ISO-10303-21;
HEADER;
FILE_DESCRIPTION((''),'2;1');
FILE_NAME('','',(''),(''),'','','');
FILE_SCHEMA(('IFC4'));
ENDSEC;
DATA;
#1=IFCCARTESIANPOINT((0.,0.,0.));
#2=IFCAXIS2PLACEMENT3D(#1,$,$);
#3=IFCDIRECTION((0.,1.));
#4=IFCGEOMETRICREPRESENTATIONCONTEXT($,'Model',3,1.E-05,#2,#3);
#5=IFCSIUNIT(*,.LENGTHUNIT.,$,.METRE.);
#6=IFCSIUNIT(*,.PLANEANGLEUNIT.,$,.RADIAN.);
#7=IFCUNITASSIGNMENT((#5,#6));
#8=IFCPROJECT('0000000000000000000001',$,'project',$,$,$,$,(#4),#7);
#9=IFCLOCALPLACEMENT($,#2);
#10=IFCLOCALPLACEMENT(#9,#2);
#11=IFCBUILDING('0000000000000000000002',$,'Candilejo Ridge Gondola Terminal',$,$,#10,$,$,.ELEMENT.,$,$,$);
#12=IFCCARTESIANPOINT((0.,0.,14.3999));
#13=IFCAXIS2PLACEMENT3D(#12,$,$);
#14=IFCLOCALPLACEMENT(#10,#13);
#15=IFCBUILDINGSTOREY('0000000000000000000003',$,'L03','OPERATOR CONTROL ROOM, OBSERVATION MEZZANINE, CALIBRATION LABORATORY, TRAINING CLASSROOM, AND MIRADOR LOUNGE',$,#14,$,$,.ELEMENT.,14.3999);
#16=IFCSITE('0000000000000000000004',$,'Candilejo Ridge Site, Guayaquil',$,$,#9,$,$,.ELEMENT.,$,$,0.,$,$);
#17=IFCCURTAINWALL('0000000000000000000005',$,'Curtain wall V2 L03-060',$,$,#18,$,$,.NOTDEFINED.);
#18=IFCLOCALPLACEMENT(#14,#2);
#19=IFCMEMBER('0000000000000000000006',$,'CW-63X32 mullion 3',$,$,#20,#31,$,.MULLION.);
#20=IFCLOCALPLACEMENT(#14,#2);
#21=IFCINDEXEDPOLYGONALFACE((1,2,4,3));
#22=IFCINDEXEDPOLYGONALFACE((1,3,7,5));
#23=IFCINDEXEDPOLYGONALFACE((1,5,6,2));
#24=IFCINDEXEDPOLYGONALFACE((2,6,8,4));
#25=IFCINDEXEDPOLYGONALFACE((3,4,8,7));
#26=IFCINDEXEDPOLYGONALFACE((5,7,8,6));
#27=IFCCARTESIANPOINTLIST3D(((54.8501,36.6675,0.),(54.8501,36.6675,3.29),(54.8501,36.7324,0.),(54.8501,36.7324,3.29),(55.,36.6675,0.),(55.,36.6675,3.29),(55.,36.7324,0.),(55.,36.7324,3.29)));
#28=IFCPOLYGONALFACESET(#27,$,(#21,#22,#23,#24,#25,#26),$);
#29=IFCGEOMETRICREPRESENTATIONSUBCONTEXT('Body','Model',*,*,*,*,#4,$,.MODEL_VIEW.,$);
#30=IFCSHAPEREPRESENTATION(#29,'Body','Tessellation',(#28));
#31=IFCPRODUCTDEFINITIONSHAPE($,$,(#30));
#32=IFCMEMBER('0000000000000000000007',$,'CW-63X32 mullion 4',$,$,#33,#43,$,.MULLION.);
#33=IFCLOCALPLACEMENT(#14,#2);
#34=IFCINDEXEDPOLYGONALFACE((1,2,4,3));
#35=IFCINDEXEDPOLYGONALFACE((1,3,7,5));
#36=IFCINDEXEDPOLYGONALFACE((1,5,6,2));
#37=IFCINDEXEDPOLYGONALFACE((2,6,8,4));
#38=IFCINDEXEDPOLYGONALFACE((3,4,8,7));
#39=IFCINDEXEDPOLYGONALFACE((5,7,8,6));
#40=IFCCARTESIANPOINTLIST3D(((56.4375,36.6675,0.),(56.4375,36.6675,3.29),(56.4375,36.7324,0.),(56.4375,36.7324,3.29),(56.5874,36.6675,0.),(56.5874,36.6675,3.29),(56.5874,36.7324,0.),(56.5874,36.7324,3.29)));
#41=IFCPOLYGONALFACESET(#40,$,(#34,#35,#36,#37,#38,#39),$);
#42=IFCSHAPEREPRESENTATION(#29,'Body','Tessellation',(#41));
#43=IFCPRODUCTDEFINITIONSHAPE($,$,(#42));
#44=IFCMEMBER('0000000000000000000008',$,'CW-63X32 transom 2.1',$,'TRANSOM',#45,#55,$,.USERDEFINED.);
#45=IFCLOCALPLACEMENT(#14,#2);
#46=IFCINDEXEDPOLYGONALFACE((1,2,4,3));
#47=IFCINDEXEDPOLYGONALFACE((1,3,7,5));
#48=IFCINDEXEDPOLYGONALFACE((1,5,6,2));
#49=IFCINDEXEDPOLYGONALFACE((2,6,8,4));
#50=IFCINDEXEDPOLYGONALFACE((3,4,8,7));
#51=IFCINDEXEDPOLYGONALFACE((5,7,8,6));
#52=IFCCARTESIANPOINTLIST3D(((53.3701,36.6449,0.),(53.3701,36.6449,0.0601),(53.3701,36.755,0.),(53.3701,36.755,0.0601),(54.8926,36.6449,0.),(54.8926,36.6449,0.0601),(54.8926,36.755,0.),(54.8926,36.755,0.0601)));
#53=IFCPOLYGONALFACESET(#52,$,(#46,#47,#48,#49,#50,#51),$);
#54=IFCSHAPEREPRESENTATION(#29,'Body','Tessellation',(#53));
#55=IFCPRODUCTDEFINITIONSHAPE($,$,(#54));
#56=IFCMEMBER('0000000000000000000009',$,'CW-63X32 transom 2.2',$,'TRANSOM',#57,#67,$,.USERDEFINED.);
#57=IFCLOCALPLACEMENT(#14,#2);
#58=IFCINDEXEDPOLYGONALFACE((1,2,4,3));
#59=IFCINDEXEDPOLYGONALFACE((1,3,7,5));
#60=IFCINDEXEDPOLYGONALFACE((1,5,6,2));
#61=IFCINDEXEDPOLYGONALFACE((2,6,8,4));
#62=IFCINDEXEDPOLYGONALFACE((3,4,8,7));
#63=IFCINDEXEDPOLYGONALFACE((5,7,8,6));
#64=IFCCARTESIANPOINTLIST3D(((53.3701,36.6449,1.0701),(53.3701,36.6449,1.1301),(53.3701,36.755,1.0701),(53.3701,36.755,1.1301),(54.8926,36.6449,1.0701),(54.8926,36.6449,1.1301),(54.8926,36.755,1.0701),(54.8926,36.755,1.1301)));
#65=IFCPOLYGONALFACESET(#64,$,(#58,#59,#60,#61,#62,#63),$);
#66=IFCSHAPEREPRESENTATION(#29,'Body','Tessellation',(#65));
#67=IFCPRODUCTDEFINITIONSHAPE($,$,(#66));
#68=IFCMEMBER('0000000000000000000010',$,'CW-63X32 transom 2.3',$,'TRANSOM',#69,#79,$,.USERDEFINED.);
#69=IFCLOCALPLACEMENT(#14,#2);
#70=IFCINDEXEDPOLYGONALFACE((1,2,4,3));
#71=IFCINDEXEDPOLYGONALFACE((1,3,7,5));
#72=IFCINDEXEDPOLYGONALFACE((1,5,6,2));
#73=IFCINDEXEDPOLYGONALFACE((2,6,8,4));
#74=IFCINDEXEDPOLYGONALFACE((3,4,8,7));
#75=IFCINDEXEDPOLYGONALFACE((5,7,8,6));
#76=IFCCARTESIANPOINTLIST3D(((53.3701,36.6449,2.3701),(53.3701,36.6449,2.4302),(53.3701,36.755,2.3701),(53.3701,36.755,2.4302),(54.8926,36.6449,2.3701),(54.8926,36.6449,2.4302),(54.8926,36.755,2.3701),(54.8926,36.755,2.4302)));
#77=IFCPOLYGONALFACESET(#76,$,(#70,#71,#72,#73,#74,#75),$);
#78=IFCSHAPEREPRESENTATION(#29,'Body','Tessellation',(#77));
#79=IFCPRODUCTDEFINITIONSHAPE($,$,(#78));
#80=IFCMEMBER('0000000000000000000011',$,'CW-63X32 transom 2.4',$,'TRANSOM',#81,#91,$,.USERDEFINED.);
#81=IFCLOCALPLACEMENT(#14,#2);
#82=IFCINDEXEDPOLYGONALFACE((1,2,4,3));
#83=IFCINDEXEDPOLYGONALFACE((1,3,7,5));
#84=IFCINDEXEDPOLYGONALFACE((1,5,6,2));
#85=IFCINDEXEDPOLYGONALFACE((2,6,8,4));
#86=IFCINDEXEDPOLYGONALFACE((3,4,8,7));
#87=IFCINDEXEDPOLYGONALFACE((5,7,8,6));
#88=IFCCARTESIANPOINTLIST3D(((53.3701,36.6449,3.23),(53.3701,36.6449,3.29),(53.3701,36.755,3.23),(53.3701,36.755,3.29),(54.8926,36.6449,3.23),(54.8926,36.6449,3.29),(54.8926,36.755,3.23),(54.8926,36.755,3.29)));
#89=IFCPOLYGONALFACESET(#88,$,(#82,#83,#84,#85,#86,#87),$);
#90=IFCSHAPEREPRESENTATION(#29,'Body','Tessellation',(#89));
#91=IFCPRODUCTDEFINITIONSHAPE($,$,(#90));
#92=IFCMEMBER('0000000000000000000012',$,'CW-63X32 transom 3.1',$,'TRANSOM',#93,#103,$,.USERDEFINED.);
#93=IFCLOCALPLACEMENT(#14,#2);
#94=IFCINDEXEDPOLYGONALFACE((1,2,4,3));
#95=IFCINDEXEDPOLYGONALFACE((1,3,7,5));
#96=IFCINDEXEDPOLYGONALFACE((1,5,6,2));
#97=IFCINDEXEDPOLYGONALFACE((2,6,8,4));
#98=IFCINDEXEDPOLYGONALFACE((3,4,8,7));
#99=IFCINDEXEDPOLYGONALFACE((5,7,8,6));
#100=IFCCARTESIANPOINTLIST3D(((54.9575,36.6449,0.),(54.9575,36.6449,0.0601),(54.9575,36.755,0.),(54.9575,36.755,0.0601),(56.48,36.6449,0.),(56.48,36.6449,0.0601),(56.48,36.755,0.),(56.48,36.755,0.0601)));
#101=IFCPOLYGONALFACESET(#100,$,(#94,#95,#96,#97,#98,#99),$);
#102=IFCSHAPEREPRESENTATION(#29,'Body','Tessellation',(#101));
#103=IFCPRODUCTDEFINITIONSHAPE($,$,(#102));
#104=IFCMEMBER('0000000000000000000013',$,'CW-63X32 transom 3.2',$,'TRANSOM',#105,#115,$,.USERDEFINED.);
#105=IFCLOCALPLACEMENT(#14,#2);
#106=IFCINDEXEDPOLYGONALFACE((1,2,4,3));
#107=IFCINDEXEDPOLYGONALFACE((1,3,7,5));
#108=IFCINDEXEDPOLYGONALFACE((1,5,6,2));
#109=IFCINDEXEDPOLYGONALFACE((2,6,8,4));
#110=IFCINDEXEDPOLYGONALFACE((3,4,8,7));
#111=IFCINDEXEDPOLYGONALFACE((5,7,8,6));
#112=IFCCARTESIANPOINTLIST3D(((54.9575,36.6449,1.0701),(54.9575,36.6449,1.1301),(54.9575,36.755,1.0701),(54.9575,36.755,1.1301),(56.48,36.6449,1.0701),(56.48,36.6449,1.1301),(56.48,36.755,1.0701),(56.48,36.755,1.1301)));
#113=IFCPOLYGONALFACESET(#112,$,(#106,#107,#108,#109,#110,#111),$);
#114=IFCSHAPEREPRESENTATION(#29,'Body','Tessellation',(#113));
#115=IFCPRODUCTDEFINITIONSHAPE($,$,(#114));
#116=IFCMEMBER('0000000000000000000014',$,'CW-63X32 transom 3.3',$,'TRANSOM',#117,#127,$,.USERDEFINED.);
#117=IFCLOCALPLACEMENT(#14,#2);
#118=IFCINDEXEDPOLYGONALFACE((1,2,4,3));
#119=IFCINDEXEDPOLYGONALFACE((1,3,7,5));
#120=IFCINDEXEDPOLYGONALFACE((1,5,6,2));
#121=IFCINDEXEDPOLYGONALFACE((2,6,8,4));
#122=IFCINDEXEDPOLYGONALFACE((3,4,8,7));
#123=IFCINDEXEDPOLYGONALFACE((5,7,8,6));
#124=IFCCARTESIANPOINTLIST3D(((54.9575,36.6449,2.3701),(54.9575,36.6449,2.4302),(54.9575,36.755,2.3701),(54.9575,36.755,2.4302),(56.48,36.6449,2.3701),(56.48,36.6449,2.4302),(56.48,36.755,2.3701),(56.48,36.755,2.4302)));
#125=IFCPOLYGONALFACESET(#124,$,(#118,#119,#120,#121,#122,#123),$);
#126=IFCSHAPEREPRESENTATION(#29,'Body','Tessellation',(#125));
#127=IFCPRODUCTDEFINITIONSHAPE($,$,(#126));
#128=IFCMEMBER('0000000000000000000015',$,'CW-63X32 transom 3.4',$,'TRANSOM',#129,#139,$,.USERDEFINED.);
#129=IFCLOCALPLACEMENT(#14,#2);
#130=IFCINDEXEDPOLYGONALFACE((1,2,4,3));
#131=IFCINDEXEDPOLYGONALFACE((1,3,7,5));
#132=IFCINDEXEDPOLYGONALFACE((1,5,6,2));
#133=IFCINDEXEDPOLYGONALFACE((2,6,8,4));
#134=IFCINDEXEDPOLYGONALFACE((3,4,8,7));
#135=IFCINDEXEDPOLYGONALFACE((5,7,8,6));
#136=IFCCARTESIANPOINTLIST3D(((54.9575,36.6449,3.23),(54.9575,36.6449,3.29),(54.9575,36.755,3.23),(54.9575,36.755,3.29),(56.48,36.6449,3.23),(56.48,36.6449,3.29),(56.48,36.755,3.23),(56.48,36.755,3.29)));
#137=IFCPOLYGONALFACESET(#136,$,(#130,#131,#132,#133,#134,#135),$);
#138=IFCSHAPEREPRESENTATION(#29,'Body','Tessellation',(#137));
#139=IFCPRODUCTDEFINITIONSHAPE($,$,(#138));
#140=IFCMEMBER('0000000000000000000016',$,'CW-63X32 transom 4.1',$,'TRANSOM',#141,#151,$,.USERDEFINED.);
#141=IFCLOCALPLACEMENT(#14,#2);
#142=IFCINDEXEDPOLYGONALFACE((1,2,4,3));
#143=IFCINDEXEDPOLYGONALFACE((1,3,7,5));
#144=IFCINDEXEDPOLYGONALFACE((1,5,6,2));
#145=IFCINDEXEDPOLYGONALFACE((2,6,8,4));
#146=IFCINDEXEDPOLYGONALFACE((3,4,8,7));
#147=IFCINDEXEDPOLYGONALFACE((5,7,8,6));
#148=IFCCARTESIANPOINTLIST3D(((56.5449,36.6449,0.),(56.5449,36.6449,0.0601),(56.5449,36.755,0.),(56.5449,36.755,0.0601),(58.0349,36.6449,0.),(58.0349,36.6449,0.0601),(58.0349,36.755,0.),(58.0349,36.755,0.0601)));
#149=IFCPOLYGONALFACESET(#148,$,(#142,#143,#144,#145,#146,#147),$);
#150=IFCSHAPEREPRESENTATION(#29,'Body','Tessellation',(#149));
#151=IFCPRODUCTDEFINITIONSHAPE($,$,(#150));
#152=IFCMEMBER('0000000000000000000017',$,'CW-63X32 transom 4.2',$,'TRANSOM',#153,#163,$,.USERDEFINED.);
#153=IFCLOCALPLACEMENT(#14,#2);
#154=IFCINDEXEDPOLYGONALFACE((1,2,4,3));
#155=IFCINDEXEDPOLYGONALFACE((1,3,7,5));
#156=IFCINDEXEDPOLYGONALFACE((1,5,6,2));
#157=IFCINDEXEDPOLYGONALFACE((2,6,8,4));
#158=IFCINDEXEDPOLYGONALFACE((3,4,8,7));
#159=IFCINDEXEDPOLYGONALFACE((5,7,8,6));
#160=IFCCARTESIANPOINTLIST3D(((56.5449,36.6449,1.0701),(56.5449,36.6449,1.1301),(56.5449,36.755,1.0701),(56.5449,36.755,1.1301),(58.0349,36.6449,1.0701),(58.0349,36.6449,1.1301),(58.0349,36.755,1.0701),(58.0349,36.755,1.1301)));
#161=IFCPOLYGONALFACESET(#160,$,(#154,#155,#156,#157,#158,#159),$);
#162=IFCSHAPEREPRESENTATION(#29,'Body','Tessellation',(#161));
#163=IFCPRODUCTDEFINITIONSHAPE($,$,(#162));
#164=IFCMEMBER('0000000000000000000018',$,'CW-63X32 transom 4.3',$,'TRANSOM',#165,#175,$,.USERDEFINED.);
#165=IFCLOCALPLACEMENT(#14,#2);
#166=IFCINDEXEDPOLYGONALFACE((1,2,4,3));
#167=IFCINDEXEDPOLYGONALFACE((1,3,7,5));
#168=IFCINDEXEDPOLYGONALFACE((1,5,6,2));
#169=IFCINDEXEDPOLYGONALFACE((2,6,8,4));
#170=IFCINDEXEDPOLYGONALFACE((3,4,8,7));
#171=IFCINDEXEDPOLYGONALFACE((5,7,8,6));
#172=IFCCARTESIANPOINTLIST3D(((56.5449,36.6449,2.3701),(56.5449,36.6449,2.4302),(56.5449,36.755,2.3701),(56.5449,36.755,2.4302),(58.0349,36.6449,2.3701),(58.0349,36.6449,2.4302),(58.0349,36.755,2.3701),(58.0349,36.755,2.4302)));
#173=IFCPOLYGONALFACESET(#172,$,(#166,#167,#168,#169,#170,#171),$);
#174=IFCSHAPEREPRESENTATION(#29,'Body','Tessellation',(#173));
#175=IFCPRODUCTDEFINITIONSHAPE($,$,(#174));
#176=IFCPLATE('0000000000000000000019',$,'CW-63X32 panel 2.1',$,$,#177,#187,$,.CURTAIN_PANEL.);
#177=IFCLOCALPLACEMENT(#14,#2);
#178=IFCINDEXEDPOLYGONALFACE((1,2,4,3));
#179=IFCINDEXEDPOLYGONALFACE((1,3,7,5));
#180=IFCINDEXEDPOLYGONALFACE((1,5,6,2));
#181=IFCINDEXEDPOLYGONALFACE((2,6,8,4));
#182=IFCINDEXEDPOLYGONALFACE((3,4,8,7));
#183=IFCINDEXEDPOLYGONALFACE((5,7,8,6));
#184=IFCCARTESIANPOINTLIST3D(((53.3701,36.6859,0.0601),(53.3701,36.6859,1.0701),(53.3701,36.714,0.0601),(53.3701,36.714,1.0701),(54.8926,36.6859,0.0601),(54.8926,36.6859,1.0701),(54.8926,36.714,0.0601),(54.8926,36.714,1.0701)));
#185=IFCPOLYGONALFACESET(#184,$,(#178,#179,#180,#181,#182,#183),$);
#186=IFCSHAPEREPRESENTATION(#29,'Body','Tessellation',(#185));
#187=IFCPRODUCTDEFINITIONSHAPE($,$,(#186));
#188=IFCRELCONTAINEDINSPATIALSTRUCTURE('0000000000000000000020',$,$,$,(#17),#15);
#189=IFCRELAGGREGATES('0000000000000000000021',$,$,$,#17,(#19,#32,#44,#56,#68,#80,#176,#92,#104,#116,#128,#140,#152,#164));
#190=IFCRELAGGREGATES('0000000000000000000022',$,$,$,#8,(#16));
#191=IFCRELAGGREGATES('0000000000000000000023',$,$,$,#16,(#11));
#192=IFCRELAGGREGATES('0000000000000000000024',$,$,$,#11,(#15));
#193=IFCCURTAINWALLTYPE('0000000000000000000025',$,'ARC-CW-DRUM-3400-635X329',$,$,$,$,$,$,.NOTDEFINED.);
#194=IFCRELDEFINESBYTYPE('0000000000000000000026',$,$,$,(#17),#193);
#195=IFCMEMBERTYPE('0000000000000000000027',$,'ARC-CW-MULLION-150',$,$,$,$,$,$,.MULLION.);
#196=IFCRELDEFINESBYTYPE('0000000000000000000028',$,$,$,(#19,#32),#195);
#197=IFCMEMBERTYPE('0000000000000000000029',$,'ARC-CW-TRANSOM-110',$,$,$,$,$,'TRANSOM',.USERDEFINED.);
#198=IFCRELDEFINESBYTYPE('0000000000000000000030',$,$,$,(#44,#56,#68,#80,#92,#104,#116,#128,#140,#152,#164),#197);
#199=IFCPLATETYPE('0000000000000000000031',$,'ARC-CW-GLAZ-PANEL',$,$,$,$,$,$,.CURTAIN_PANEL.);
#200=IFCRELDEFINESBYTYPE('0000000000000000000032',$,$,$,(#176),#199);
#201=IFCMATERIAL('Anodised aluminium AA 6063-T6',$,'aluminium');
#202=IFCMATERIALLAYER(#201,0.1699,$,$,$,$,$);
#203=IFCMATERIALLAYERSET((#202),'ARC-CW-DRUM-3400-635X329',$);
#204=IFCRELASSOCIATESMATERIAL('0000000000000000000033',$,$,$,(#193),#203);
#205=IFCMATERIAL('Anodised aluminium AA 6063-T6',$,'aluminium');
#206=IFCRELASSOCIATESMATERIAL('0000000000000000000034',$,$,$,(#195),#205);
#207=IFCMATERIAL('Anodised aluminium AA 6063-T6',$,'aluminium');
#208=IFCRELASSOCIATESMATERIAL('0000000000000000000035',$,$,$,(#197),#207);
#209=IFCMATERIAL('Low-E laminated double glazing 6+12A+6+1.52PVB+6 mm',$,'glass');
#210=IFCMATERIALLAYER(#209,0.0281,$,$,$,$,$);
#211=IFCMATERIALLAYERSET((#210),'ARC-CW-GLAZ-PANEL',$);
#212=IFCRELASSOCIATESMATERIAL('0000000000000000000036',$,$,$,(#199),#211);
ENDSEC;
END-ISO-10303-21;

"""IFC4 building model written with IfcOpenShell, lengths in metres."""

from ifc_helpers import new_model, si_unit, direction, frame, origin, origin_2d, place, context, subcontext, project, spatial, rectangle, extrude, material, layer, layer_set, material_profile, profile_set, type_object, element, aggregate, save


model = new_model("IFC4")

# Units and contexts
model_context = context("Model", 3, precision=1e-05, world=origin(), true_north=direction((0.0, 1.0)))
body_context = subcontext(model_context, "Body", "Model", "MODEL_VIEW")
ifc_project = project(units=[si_unit("LENGTHUNIT", "METRE"), si_unit("PLANEANGLEUNIT", "RADIAN")], contexts=[model_context])

# Site, building, storey
site_placement = place(None, origin())
site = spatial("IfcSite", under=ifc_project, at=site_placement, Name="Candilejo Ridge Site, Guayaquil", CompositionType="ELEMENT", RefElevation=0.0)
building_placement = place(site_placement, origin())
building = spatial("IfcBuilding", under=site, at=building_placement, Name="Candilejo Ridge Gondola Terminal", CompositionType="ELEMENT")
storey_placement = place(building_placement, frame((0.0, 0.0, 14.3999)))
storey = spatial("IfcBuildingStorey", under=building, at=storey_placement, Name="L03", Description="OPERATOR CONTROL ROOM, OBSERVATION MEZZANINE, CALIBRATION LABORATORY, TRAINING CLASSROOM, AND MIRADOR LOUNGE", CompositionType="ELEMENT", Elevation=14.3999)

# Curtain wall, members, plate
ifc_material_1 = material(Name="Anodised aluminium AA 6063-T6", Category="aluminium")
ifc_layer_1 = layer(ifc_material_1, 0.1699)
ifc_layer_set_1 = layer_set([ifc_layer_1], Name="ARC-CW-DRUM-3400-635X329")
curtain_wall_type = type_object("IfcCurtainWallType", Name="ARC-CW-DRUM-3400-635X329", PredefinedType="NOTDEFINED", material=ifc_layer_set_1)
curtain_wall_placement = place(storey_placement, origin())
curtain_wall = element("IfcCurtainWall", 1, at=curtain_wall_placement, inside=storey, type_object=curtain_wall_type, Name="Curtain wall V2 L03-060", PredefinedType="NOTDEFINED")
ifc_material_2 = material(Name="Anodised aluminium AA 6063-T6", Category="aluminium")
ifc_material_profile_1 = material_profile(ifc_material_2, rectangle(XDim=0.0649, YDim=0.1499, at=origin_2d()))
ifc_profile_set_1 = profile_set([ifc_material_profile_1], Name="Anodised aluminium AA 6063-T6")
member_type_1 = type_object("IfcMemberType", Name="ARC-CW-MULLION-150", PredefinedType="MULLION", material=ifc_profile_set_1)
member_1_placement = place(storey_placement, frame((54.925, 36.7, 0.0), z_axis=(0.0, 0.0, 1.0), x_axis=(0.0, 1.0, 0.0)))
member_1 = element("IfcMember", 2, at=member_1_placement, type_object=member_type_1, Name="CW-63X32 mullion 3", PredefinedType="MULLION", context=body_context, shape_type="SweptSolid", body=[
    extrude(rectangle(XDim=0.0649, YDim=0.1499, at=origin_2d()), origin(), (0.0, 0.0, 1.0), 3.29),
])
member_2_placement = place(storey_placement, frame((56.5125, 36.7, 0.0), z_axis=(0.0, 0.0, 1.0), x_axis=(0.0, 1.0, 0.0)))
member_2 = element("IfcMember", 3, at=member_2_placement, type_object=member_type_1, Name="CW-63X32 mullion 4", PredefinedType="MULLION", context=body_context, shape_type="SweptSolid", body=[
    extrude(rectangle(XDim=0.0649, YDim=0.1499, at=origin_2d()), origin(), (0.0, 0.0, 1.0), 3.29),
])
ifc_material_3 = material(Name="Anodised aluminium AA 6063-T6", Category="aluminium")
ifc_material_profile_2 = material_profile(ifc_material_3, rectangle(XDim=0.1101, YDim=0.0601, at=origin_2d()))
ifc_profile_set_2 = profile_set([ifc_material_profile_2], Name="Anodised aluminium AA 6063-T6")
member_type_2 = type_object("IfcMemberType", Name="ARC-CW-TRANSOM-110", ElementType="TRANSOM", PredefinedType="USERDEFINED", material=ifc_profile_set_2)
member_3_placement = place(storey_placement, frame((53.3701, 36.7, 0.03), z_axis=(1.0, 0.0, 0.0), x_axis=(0.0, 1.0, 0.0)))
member_3 = element("IfcMember", 4, at=member_3_placement, type_object=member_type_2, Name="CW-63X32 transom 2.1", ObjectType="TRANSOM", PredefinedType="USERDEFINED", context=body_context, shape_type="SweptSolid", body=[
    extrude(rectangle(XDim=0.1101, YDim=0.0601, at=origin_2d()), origin(), (0.0, 0.0, 1.0), 1.5225),
])
member_4_placement = place(storey_placement, frame((53.3701, 36.7, 1.1001), z_axis=(1.0, 0.0, 0.0), x_axis=(0.0, 1.0, 0.0)))
member_4 = element("IfcMember", 5, at=member_4_placement, type_object=member_type_2, Name="CW-63X32 transom 2.2", ObjectType="TRANSOM", PredefinedType="USERDEFINED", context=body_context, shape_type="SweptSolid", body=[
    extrude(rectangle(XDim=0.1101, YDim=0.0601, at=origin_2d()), origin(), (0.0, 0.0, 1.0), 1.5225),
])
member_5_placement = place(storey_placement, frame((53.3701, 36.7, 2.4001), z_axis=(1.0, 0.0, 0.0), x_axis=(0.0, 1.0, 0.0)))
member_5 = element("IfcMember", 6, at=member_5_placement, type_object=member_type_2, Name="CW-63X32 transom 2.3", ObjectType="TRANSOM", PredefinedType="USERDEFINED", context=body_context, shape_type="SweptSolid", body=[
    extrude(rectangle(XDim=0.1101, YDim=0.0601, at=origin_2d()), origin(), (0.0, 0.0, 1.0), 1.5225),
])
member_6_placement = place(storey_placement, frame((53.3701, 36.7, 3.26), z_axis=(1.0, 0.0, 0.0), x_axis=(0.0, 1.0, 0.0)))
member_6 = element("IfcMember", 7, at=member_6_placement, type_object=member_type_2, Name="CW-63X32 transom 2.4", ObjectType="TRANSOM", PredefinedType="USERDEFINED", context=body_context, shape_type="SweptSolid", body=[
    extrude(rectangle(XDim=0.1101, YDim=0.0601, at=origin_2d()), origin(), (0.0, 0.0, 1.0), 1.5225),
])
member_7_placement = place(storey_placement, frame((54.9575, 36.7, 0.03), z_axis=(1.0, 0.0, 0.0), x_axis=(0.0, 1.0, 0.0)))
member_7 = element("IfcMember", 8, at=member_7_placement, type_object=member_type_2, Name="CW-63X32 transom 3.1", ObjectType="TRANSOM", PredefinedType="USERDEFINED", context=body_context, shape_type="SweptSolid", body=[
    extrude(rectangle(XDim=0.1101, YDim=0.0601, at=origin_2d()), origin(), (0.0, 0.0, 1.0), 1.5225),
])
member_8_placement = place(storey_placement, frame((54.9575, 36.7, 1.1001), z_axis=(1.0, 0.0, 0.0), x_axis=(0.0, 1.0, 0.0)))
member_8 = element("IfcMember", 9, at=member_8_placement, type_object=member_type_2, Name="CW-63X32 transom 3.2", ObjectType="TRANSOM", PredefinedType="USERDEFINED", context=body_context, shape_type="SweptSolid", body=[
    extrude(rectangle(XDim=0.1101, YDim=0.0601, at=origin_2d()), origin(), (0.0, 0.0, 1.0), 1.5225),
])
member_9_placement = place(storey_placement, frame((54.9575, 36.7, 2.4001), z_axis=(1.0, 0.0, 0.0), x_axis=(0.0, 1.0, 0.0)))
member_9 = element("IfcMember", 10, at=member_9_placement, type_object=member_type_2, Name="CW-63X32 transom 3.3", ObjectType="TRANSOM", PredefinedType="USERDEFINED", context=body_context, shape_type="SweptSolid", body=[
    extrude(rectangle(XDim=0.1101, YDim=0.0601, at=origin_2d()), origin(), (0.0, 0.0, 1.0), 1.5225),
])
member_10_placement = place(storey_placement, frame((54.9575, 36.7, 3.26), z_axis=(1.0, 0.0, 0.0), x_axis=(0.0, 1.0, 0.0)))
member_10 = element("IfcMember", 11, at=member_10_placement, type_object=member_type_2, Name="CW-63X32 transom 3.4", ObjectType="TRANSOM", PredefinedType="USERDEFINED", context=body_context, shape_type="SweptSolid", body=[
    extrude(rectangle(XDim=0.1101, YDim=0.0601, at=origin_2d()), origin(), (0.0, 0.0, 1.0), 1.5225),
])
member_11_placement = place(storey_placement, frame((56.5449, 36.7, 0.03), z_axis=(1.0, 0.0, 0.0), x_axis=(0.0, 1.0, 0.0)))
member_11 = element("IfcMember", 12, at=member_11_placement, type_object=member_type_2, Name="CW-63X32 transom 4.1", ObjectType="TRANSOM", PredefinedType="USERDEFINED", context=body_context, shape_type="SweptSolid", body=[
    extrude(rectangle(XDim=0.1101, YDim=0.0601, at=origin_2d()), origin(), (0.0, 0.0, 1.0), 1.49),
])
member_12_placement = place(storey_placement, frame((56.5449, 36.7, 1.1001), z_axis=(1.0, 0.0, 0.0), x_axis=(0.0, 1.0, 0.0)))
member_12 = element("IfcMember", 13, at=member_12_placement, type_object=member_type_2, Name="CW-63X32 transom 4.2", ObjectType="TRANSOM", PredefinedType="USERDEFINED", context=body_context, shape_type="SweptSolid", body=[
    extrude(rectangle(XDim=0.1101, YDim=0.0601, at=origin_2d()), origin(), (0.0, 0.0, 1.0), 1.49),
])
member_13_placement = place(storey_placement, frame((56.5449, 36.7, 2.4001), z_axis=(1.0, 0.0, 0.0), x_axis=(0.0, 1.0, 0.0)))
member_13 = element("IfcMember", 14, at=member_13_placement, type_object=member_type_2, Name="CW-63X32 transom 4.3", ObjectType="TRANSOM", PredefinedType="USERDEFINED", context=body_context, shape_type="SweptSolid", body=[
    extrude(rectangle(XDim=0.1101, YDim=0.0601, at=origin_2d()), origin(), (0.0, 0.0, 1.0), 1.49),
])
ifc_material_4 = material(Name="Low-E laminated double glazing 6+12A+6+1.52PVB+6 mm", Category="glass")
ifc_layer_2 = layer(ifc_material_4, 0.0281)
ifc_layer_set_2 = layer_set([ifc_layer_2], Name="ARC-CW-GLAZ-PANEL")
plate_type = type_object("IfcPlateType", Name="ARC-CW-GLAZ-PANEL", PredefinedType="CURTAIN_PANEL", material=ifc_layer_set_2)
plate_1_placement = place(storey_placement, frame((54.1313, 36.7, 0.0601), z_axis=(0.0, 0.0, 1.0), x_axis=(1.0, 0.0, 0.0)))
plate_1 = element("IfcPlate", 15, at=plate_1_placement, type_object=plate_type, Name="CW-63X32 panel 2.1", PredefinedType="CURTAIN_PANEL", context=body_context, shape_type="SweptSolid", body=[
    extrude(rectangle(XDim=1.5225, YDim=0.0281, at=origin_2d()), origin(), (0.0, 0.0, 1.0), 1.01),
])
aggregate(curtain_wall, [member_1, member_2, member_3, member_4, member_5, member_6, plate_1, member_7, member_8, member_9, member_10, member_11, member_12, member_13])

save(model, "model.ifc")
